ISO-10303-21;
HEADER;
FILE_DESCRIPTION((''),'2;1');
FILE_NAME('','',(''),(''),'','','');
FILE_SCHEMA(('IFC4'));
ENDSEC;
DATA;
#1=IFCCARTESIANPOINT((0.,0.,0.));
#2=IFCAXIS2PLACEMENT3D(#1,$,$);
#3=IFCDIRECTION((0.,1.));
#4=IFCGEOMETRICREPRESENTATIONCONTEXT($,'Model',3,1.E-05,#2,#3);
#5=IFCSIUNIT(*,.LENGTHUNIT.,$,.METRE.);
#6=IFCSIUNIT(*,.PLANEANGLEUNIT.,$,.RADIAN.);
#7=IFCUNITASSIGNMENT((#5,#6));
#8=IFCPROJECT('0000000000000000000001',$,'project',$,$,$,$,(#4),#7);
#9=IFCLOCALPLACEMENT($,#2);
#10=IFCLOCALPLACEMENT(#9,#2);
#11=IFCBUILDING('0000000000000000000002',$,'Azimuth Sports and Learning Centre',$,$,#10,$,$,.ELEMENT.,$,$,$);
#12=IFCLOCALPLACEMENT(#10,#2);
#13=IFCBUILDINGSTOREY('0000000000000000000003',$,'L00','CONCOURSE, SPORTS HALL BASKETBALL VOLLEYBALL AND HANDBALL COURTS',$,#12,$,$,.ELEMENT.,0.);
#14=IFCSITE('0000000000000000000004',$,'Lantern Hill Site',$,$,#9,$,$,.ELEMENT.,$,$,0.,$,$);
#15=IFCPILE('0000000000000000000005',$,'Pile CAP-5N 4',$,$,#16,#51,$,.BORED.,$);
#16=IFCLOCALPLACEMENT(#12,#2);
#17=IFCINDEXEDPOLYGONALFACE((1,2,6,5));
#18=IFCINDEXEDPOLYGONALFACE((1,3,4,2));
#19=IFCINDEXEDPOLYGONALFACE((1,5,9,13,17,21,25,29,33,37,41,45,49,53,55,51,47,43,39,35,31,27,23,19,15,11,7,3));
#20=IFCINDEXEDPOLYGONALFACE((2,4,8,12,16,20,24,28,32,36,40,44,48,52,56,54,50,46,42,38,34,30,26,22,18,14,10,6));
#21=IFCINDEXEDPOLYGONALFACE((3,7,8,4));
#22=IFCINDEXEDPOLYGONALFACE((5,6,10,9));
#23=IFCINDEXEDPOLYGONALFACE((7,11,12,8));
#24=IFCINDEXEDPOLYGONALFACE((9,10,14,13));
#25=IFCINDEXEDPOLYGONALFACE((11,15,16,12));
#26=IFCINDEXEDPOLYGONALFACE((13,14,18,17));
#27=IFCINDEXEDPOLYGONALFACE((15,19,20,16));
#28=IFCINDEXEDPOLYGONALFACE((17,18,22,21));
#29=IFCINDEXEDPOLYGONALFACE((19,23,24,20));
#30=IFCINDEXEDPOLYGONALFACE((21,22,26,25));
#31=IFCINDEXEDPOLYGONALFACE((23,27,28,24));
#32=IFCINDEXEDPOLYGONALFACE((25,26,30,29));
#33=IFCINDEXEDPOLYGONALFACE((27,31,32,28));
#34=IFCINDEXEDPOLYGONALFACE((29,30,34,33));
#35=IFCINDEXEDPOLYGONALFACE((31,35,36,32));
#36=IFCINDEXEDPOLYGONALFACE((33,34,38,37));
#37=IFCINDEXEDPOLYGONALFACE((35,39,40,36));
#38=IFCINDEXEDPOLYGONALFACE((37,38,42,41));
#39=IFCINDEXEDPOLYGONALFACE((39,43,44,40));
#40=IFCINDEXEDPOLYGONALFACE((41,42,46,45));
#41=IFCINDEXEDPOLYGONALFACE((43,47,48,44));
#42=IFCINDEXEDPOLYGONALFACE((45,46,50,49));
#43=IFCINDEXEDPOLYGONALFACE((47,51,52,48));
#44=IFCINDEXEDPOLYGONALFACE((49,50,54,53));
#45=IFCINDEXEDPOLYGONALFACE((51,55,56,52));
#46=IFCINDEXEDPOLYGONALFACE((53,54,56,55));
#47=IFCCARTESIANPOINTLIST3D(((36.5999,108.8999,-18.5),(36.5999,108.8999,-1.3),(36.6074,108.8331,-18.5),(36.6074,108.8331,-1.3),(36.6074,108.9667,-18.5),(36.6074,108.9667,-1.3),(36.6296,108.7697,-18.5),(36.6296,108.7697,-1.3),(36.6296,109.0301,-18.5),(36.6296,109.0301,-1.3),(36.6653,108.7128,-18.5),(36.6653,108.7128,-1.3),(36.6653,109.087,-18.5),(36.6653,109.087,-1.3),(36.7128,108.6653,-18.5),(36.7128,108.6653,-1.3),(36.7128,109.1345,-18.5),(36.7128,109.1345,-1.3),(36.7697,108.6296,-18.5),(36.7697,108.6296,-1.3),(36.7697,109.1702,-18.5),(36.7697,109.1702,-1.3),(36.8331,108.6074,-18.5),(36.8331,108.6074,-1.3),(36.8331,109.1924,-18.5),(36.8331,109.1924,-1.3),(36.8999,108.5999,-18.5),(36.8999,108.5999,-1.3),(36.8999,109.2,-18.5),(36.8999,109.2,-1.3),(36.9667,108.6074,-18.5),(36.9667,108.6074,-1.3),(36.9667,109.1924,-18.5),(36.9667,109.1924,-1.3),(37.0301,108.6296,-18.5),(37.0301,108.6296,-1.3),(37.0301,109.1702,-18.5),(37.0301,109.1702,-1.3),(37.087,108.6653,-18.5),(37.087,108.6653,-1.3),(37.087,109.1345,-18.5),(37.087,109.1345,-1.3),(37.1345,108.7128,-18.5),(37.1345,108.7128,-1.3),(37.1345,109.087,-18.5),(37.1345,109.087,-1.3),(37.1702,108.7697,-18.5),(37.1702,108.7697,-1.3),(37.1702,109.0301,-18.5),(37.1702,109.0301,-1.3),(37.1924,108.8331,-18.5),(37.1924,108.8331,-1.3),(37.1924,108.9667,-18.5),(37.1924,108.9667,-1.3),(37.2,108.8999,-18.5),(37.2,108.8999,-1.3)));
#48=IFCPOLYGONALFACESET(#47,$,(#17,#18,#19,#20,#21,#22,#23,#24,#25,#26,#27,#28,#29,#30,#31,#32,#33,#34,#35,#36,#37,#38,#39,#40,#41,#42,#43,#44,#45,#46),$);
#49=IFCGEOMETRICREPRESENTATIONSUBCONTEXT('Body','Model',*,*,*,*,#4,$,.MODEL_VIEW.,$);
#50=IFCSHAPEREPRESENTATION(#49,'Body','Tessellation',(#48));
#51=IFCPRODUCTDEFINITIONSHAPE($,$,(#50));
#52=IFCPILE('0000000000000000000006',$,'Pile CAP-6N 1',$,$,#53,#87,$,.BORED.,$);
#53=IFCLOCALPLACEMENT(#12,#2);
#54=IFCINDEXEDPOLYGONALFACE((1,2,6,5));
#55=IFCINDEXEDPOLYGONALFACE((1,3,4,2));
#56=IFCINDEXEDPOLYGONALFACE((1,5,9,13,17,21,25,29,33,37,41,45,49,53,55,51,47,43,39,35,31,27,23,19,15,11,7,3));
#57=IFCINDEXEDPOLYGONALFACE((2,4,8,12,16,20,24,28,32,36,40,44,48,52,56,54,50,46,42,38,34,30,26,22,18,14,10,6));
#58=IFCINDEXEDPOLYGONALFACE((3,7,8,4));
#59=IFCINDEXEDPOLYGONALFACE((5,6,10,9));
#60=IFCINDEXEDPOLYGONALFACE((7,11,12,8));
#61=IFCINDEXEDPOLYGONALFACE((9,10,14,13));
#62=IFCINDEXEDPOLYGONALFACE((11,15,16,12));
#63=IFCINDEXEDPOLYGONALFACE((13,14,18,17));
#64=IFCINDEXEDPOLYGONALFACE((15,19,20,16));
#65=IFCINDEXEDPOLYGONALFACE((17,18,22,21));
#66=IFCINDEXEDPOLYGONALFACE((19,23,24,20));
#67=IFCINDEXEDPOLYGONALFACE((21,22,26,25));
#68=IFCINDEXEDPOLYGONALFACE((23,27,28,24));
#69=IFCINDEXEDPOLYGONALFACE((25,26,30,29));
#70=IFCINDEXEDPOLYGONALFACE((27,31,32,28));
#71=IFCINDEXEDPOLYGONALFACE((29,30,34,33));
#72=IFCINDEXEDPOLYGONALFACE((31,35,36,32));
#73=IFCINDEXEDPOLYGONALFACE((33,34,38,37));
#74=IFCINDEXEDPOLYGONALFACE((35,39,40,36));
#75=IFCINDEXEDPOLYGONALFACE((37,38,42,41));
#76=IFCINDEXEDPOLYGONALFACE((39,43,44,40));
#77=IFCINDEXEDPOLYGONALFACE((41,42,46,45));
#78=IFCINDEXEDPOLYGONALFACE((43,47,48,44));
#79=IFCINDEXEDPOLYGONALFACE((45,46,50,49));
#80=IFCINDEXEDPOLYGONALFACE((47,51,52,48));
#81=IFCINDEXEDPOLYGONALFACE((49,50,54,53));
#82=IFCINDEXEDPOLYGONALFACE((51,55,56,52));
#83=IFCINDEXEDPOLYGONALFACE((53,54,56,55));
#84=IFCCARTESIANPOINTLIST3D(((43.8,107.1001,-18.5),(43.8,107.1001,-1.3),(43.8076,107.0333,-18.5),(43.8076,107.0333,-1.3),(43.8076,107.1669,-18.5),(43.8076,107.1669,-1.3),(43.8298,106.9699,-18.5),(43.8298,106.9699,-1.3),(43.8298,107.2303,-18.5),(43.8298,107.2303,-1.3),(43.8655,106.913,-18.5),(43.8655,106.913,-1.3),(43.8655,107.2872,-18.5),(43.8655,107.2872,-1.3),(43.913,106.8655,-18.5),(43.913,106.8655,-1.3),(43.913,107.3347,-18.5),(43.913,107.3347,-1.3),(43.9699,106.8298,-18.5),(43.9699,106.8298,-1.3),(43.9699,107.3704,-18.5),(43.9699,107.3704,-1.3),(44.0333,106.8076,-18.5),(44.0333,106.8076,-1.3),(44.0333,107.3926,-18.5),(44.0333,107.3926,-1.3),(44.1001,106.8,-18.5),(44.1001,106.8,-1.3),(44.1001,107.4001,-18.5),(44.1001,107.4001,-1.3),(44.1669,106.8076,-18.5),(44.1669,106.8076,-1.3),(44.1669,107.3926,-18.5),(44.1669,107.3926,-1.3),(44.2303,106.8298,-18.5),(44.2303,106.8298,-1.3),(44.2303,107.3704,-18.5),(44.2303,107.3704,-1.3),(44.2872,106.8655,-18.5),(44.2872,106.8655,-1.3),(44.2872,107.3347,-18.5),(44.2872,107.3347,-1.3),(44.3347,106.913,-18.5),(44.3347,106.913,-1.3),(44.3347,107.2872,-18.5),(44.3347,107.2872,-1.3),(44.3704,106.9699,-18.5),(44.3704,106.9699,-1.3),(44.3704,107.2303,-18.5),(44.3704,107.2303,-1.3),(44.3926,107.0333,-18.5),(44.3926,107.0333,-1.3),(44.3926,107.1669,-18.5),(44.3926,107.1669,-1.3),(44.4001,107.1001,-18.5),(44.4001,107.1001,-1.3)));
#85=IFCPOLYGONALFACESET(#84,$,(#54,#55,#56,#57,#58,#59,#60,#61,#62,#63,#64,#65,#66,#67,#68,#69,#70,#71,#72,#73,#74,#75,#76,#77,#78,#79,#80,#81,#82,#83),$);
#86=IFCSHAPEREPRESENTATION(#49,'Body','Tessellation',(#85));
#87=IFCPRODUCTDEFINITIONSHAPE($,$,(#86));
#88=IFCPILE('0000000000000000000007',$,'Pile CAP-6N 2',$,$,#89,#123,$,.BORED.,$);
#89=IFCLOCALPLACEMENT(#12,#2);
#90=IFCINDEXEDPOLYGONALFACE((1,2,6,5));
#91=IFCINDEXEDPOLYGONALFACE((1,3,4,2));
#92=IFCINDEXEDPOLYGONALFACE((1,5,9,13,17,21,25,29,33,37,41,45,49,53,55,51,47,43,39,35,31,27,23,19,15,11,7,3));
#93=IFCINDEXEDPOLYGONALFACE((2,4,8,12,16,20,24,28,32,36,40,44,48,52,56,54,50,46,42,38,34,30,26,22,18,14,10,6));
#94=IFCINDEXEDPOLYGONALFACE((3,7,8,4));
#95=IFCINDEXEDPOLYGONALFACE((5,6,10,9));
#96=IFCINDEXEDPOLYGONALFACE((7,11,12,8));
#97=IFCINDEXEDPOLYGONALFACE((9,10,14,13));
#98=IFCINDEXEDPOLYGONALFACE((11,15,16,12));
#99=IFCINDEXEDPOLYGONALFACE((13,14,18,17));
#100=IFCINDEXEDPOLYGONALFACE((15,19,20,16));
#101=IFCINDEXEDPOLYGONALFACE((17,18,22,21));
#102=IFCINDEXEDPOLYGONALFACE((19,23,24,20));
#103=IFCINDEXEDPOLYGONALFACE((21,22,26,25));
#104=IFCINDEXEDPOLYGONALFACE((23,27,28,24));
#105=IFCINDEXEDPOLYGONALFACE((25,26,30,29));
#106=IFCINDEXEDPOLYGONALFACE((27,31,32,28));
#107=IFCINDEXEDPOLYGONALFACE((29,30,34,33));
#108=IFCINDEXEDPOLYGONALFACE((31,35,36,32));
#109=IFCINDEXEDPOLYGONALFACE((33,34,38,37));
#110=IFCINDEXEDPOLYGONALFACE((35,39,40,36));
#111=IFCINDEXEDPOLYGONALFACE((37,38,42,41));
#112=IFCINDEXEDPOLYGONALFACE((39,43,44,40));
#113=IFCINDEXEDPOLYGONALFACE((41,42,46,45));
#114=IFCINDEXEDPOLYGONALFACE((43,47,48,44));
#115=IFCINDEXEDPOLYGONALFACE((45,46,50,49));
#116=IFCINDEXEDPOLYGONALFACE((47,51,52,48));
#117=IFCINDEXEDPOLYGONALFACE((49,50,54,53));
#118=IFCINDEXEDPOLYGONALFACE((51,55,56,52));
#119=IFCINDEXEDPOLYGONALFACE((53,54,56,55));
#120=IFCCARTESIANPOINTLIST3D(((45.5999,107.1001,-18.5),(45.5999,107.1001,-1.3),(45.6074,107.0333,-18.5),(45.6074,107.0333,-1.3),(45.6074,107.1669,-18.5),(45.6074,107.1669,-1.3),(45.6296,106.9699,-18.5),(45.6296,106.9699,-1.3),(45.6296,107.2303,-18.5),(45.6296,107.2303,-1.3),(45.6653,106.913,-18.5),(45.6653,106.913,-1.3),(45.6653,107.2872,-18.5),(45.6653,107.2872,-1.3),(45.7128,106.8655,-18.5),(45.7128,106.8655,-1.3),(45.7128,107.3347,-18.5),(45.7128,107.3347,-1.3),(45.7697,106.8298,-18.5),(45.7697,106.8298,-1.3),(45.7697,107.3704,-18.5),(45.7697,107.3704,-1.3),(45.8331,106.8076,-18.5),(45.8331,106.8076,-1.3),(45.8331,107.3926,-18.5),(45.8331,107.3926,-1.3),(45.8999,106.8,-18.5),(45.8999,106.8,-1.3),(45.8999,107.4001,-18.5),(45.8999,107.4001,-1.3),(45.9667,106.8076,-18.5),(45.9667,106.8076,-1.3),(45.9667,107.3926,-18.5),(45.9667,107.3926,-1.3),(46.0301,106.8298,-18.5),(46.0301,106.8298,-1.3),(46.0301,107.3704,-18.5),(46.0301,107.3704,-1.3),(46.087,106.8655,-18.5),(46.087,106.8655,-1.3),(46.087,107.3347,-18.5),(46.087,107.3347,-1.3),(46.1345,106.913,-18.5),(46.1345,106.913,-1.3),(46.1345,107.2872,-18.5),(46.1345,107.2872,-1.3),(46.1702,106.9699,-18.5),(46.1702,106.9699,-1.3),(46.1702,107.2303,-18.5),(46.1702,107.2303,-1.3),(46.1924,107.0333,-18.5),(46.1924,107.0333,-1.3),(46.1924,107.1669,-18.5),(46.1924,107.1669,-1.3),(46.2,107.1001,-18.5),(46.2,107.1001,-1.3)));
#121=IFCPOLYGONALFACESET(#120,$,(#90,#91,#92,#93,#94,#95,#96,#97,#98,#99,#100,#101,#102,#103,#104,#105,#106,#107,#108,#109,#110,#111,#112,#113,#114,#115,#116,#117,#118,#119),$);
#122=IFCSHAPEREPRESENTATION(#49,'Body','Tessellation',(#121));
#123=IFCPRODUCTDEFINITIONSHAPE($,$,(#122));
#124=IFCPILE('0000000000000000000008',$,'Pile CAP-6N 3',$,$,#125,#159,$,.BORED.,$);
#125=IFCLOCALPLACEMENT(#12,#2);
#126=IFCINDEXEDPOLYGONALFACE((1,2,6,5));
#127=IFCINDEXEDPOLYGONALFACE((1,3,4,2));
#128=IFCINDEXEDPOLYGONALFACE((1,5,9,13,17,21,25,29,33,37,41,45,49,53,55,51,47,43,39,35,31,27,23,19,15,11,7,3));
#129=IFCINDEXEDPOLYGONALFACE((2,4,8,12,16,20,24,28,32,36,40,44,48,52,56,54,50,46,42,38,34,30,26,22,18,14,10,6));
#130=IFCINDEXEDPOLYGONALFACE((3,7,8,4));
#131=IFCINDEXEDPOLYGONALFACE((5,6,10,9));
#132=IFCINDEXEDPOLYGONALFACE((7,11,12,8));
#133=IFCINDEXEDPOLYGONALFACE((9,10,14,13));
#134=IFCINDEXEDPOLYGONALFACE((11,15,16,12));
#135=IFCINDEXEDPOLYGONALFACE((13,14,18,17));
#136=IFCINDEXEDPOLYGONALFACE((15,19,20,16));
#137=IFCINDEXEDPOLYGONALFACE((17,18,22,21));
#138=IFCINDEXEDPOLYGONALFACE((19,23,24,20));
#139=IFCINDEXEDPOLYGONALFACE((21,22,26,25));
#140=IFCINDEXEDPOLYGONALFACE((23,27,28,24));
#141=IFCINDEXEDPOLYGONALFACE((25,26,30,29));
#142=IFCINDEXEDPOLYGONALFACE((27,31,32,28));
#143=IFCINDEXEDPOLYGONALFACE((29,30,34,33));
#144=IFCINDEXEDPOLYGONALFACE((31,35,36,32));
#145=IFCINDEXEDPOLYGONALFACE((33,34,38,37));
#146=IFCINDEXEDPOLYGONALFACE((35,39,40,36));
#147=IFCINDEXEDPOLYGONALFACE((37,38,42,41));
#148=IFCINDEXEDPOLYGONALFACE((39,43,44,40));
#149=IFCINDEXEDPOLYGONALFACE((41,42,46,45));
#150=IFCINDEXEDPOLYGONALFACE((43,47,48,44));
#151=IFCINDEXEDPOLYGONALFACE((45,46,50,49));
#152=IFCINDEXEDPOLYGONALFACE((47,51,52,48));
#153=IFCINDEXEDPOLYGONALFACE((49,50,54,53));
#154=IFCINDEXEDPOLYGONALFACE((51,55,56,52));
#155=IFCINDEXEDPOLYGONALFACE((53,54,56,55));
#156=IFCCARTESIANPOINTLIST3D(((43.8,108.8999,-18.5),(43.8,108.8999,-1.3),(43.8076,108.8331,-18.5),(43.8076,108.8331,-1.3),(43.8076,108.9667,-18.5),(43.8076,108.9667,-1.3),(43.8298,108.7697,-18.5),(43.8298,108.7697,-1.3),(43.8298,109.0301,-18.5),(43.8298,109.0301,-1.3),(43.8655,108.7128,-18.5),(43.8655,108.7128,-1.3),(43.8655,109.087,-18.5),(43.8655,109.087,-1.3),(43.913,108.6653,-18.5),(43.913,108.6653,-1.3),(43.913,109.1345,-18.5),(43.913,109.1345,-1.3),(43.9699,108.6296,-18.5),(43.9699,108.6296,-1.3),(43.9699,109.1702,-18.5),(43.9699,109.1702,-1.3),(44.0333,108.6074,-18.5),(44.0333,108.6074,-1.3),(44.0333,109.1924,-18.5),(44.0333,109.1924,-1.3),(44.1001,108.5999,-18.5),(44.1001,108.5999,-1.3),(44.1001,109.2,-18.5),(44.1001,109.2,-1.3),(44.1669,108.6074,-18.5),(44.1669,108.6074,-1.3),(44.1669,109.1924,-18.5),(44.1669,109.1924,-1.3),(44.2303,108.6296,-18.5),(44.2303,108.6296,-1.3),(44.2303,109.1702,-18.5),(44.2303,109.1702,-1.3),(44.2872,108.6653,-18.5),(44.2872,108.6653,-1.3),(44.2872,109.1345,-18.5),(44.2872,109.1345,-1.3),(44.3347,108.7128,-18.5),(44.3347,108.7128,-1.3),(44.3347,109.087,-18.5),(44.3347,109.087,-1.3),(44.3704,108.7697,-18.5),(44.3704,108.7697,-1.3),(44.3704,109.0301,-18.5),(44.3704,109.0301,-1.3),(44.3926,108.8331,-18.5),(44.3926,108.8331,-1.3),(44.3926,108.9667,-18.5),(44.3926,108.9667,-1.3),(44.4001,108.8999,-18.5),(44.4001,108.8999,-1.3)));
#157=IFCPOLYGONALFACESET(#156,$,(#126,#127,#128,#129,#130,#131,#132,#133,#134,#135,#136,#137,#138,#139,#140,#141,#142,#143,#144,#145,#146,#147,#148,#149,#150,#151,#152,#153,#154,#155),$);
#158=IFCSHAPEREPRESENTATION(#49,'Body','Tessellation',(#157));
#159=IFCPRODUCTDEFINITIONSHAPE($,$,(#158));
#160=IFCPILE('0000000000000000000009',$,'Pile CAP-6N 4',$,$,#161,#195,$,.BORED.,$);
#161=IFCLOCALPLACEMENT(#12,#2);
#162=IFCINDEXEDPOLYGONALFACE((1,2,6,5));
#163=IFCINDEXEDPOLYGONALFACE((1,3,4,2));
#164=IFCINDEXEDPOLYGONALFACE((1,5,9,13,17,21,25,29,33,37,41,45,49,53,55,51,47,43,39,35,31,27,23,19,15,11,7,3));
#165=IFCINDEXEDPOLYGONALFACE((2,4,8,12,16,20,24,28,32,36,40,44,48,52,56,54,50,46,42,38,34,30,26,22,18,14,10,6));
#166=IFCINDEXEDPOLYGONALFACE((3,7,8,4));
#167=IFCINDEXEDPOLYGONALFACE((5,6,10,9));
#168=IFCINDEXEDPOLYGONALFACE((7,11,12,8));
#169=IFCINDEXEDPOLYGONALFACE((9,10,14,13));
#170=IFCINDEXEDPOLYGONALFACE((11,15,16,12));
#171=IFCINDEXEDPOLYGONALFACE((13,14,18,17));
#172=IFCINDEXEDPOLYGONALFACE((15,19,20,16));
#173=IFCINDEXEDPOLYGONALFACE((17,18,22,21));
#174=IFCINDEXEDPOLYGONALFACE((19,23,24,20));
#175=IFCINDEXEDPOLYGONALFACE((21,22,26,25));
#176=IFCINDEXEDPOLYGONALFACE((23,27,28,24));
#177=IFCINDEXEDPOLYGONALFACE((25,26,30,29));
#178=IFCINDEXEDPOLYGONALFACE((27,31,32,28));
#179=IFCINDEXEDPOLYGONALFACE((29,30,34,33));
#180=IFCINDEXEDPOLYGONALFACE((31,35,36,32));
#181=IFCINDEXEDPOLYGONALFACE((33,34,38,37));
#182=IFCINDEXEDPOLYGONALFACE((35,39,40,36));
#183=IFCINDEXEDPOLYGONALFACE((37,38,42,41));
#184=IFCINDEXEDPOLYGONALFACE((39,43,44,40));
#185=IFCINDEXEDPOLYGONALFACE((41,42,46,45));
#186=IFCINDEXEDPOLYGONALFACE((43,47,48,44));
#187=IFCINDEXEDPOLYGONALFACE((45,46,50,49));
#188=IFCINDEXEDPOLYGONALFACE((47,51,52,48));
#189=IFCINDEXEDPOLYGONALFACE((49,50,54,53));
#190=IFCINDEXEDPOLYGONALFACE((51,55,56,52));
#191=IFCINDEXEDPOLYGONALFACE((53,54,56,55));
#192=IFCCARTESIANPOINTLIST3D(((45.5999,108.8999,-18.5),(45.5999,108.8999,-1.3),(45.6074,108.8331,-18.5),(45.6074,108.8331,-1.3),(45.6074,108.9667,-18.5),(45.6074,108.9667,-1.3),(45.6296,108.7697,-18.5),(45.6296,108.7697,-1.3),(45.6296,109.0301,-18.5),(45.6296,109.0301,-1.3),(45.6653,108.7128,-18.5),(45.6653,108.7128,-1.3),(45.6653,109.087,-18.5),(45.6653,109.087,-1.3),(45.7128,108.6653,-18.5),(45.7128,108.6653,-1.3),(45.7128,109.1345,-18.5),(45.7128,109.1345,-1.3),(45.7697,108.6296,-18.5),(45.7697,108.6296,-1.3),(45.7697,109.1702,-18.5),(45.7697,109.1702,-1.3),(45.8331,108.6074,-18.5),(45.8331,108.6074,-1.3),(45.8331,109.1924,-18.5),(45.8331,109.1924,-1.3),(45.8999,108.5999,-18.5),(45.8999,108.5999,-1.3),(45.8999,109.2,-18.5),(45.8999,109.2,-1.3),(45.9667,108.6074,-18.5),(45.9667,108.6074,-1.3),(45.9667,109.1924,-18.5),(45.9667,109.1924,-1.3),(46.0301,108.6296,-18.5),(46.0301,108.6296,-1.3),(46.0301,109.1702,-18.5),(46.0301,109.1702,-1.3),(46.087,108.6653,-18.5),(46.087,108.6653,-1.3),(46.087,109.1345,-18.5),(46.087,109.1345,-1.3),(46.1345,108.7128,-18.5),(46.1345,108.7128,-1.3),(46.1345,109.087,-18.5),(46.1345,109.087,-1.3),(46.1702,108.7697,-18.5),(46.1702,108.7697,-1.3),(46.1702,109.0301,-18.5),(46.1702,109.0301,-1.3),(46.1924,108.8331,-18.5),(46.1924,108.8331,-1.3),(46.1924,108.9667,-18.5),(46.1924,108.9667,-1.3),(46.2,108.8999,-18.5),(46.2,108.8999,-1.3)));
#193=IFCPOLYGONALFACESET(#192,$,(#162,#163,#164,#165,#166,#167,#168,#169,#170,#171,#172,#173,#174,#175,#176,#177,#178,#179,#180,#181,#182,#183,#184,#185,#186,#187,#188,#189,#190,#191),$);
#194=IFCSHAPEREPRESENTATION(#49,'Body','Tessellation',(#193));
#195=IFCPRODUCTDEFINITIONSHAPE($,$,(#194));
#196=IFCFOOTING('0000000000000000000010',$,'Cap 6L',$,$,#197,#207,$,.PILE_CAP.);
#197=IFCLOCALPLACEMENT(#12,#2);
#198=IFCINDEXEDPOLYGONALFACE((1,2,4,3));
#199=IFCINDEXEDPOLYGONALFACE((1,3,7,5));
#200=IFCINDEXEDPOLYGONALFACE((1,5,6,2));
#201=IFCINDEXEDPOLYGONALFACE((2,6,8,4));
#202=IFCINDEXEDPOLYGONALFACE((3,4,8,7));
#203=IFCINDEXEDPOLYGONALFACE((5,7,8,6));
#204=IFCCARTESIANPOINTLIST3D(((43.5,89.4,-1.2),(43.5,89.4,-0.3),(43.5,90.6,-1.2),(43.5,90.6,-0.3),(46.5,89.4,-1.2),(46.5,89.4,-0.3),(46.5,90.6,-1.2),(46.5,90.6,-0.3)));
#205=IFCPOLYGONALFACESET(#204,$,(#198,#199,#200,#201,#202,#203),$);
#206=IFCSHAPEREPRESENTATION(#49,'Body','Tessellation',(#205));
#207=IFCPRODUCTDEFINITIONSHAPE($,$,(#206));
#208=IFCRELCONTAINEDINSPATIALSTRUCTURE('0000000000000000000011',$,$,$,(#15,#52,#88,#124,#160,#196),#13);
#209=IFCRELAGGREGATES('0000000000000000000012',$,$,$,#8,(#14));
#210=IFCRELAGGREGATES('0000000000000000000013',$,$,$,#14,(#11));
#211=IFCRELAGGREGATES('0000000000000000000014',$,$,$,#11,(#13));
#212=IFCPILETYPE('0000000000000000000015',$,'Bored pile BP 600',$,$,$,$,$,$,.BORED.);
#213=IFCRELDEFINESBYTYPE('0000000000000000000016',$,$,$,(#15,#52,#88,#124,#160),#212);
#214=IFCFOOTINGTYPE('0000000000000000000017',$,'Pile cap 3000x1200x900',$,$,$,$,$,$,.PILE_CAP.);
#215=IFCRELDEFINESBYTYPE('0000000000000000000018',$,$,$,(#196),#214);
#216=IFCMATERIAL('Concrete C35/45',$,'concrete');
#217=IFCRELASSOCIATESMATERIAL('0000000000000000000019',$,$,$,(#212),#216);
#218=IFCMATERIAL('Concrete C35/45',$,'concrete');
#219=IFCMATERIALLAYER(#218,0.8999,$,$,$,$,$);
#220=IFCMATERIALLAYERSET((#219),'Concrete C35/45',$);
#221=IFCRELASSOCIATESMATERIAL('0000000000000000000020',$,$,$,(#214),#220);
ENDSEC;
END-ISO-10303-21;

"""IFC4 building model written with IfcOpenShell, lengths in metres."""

from ifc_helpers import new_model, si_unit, direction, frame, origin, origin_2d, place, context, subcontext, project, spatial, rectangle, circle, extrude, material, layer, layer_set, material_profile, profile_set, type_object, element, save


model = new_model("IFC4")

# Units and contexts
model_context = context("Model", 3, precision=1e-05, world=origin(), true_north=direction((0.0, 1.0)))
body_context = subcontext(model_context, "Body", "Model", "MODEL_VIEW")
ifc_project = project(units=[si_unit("LENGTHUNIT", "METRE"), si_unit("PLANEANGLEUNIT", "RADIAN")], contexts=[model_context])

# Site, building, storey
site_placement = place(None, origin())
site = spatial("IfcSite", under=ifc_project, at=site_placement, Name="Lantern Hill Site", CompositionType="ELEMENT", RefElevation=0.0)
building_placement = place(site_placement, origin())
building = spatial("IfcBuilding", under=site, at=building_placement, Name="Azimuth Sports and Learning Centre", CompositionType="ELEMENT")
storey_placement = place(building_placement, origin())
storey = spatial("IfcBuildingStorey", under=building, at=storey_placement, Name="L00", Description="CONCOURSE, SPORTS HALL BASKETBALL VOLLEYBALL AND HANDBALL COURTS", CompositionType="ELEMENT", Elevation=0.0)

# Piles
ifc_material_1 = material(Name="Concrete C35/45", Category="concrete")
ifc_material_profile_1 = material_profile(ifc_material_1, circle(Radius=0.3, at=origin_2d()), Name="BP 600")
ifc_profile_set_1 = profile_set([ifc_material_profile_1], Name="Concrete C35/45")
pile_type = type_object("IfcPileType", Name="Bored pile BP 600", PredefinedType="BORED", material=ifc_profile_set_1)
for number, where, z_axis, x_axis, name in (
    (1, (36.8999, 108.8999, -1.3), (0.0, 0.0, -1.0), (1.0, 0.0, 0.0), "Pile CAP-5N 4"),
    (2, (44.1001, 107.1001, -1.3), (0.0, 0.0, -1.0), (1.0, 0.0, 0.0), "Pile CAP-6N 1"),
    (3, (45.8999, 107.1001, -1.3), (0.0, 0.0, -1.0), (1.0, 0.0, 0.0), "Pile CAP-6N 2"),
    (4, (44.1001, 108.8999, -1.3), (0.0, 0.0, -1.0), (1.0, 0.0, 0.0), "Pile CAP-6N 3"),
    (5, (45.8999, 108.8999, -1.3), (0.0, 0.0, -1.0), (1.0, 0.0, 0.0), "Pile CAP-6N 4"),
):
    element("IfcPile", number, at=place(storey_placement, frame(where, z_axis=z_axis, x_axis=x_axis)), inside=storey, type_object=pile_type, Name=name, PredefinedType="BORED", context=body_context, shape_type="SweptSolid", body=[
        extrude(circle(Radius=0.3, at=origin_2d()), origin(), (0.0, 0.0, 1.0), 17.2),
    ])

# Footing
ifc_material_2 = material(Name="Concrete C35/45", Category="concrete")
ifc_layer_1 = layer(ifc_material_2, 0.8999)
ifc_layer_set_1 = layer_set([ifc_layer_1], Name="Concrete C35/45")
footing_type_1 = type_object("IfcFootingType", Name="Pile cap 3000x1200x900", PredefinedType="PILE_CAP", material=ifc_layer_set_1)
footing_placement = place(storey_placement, frame((45.0, 90.0, -1.2), z_axis=(0.0, 0.0, 1.0), x_axis=(1.0, 0.0, 0.0)))
element("IfcFooting", 6, at=footing_placement, inside=storey, type_object=footing_type_1, Name="Cap 6L", PredefinedType="PILE_CAP", context=body_context, shape_type="SweptSolid", body=[
    extrude(rectangle(XDim=3.0, YDim=1.2, at=origin_2d()), origin(), (0.0, 0.0, 1.0), 0.8999),
])

save(model, "model.ifc")
